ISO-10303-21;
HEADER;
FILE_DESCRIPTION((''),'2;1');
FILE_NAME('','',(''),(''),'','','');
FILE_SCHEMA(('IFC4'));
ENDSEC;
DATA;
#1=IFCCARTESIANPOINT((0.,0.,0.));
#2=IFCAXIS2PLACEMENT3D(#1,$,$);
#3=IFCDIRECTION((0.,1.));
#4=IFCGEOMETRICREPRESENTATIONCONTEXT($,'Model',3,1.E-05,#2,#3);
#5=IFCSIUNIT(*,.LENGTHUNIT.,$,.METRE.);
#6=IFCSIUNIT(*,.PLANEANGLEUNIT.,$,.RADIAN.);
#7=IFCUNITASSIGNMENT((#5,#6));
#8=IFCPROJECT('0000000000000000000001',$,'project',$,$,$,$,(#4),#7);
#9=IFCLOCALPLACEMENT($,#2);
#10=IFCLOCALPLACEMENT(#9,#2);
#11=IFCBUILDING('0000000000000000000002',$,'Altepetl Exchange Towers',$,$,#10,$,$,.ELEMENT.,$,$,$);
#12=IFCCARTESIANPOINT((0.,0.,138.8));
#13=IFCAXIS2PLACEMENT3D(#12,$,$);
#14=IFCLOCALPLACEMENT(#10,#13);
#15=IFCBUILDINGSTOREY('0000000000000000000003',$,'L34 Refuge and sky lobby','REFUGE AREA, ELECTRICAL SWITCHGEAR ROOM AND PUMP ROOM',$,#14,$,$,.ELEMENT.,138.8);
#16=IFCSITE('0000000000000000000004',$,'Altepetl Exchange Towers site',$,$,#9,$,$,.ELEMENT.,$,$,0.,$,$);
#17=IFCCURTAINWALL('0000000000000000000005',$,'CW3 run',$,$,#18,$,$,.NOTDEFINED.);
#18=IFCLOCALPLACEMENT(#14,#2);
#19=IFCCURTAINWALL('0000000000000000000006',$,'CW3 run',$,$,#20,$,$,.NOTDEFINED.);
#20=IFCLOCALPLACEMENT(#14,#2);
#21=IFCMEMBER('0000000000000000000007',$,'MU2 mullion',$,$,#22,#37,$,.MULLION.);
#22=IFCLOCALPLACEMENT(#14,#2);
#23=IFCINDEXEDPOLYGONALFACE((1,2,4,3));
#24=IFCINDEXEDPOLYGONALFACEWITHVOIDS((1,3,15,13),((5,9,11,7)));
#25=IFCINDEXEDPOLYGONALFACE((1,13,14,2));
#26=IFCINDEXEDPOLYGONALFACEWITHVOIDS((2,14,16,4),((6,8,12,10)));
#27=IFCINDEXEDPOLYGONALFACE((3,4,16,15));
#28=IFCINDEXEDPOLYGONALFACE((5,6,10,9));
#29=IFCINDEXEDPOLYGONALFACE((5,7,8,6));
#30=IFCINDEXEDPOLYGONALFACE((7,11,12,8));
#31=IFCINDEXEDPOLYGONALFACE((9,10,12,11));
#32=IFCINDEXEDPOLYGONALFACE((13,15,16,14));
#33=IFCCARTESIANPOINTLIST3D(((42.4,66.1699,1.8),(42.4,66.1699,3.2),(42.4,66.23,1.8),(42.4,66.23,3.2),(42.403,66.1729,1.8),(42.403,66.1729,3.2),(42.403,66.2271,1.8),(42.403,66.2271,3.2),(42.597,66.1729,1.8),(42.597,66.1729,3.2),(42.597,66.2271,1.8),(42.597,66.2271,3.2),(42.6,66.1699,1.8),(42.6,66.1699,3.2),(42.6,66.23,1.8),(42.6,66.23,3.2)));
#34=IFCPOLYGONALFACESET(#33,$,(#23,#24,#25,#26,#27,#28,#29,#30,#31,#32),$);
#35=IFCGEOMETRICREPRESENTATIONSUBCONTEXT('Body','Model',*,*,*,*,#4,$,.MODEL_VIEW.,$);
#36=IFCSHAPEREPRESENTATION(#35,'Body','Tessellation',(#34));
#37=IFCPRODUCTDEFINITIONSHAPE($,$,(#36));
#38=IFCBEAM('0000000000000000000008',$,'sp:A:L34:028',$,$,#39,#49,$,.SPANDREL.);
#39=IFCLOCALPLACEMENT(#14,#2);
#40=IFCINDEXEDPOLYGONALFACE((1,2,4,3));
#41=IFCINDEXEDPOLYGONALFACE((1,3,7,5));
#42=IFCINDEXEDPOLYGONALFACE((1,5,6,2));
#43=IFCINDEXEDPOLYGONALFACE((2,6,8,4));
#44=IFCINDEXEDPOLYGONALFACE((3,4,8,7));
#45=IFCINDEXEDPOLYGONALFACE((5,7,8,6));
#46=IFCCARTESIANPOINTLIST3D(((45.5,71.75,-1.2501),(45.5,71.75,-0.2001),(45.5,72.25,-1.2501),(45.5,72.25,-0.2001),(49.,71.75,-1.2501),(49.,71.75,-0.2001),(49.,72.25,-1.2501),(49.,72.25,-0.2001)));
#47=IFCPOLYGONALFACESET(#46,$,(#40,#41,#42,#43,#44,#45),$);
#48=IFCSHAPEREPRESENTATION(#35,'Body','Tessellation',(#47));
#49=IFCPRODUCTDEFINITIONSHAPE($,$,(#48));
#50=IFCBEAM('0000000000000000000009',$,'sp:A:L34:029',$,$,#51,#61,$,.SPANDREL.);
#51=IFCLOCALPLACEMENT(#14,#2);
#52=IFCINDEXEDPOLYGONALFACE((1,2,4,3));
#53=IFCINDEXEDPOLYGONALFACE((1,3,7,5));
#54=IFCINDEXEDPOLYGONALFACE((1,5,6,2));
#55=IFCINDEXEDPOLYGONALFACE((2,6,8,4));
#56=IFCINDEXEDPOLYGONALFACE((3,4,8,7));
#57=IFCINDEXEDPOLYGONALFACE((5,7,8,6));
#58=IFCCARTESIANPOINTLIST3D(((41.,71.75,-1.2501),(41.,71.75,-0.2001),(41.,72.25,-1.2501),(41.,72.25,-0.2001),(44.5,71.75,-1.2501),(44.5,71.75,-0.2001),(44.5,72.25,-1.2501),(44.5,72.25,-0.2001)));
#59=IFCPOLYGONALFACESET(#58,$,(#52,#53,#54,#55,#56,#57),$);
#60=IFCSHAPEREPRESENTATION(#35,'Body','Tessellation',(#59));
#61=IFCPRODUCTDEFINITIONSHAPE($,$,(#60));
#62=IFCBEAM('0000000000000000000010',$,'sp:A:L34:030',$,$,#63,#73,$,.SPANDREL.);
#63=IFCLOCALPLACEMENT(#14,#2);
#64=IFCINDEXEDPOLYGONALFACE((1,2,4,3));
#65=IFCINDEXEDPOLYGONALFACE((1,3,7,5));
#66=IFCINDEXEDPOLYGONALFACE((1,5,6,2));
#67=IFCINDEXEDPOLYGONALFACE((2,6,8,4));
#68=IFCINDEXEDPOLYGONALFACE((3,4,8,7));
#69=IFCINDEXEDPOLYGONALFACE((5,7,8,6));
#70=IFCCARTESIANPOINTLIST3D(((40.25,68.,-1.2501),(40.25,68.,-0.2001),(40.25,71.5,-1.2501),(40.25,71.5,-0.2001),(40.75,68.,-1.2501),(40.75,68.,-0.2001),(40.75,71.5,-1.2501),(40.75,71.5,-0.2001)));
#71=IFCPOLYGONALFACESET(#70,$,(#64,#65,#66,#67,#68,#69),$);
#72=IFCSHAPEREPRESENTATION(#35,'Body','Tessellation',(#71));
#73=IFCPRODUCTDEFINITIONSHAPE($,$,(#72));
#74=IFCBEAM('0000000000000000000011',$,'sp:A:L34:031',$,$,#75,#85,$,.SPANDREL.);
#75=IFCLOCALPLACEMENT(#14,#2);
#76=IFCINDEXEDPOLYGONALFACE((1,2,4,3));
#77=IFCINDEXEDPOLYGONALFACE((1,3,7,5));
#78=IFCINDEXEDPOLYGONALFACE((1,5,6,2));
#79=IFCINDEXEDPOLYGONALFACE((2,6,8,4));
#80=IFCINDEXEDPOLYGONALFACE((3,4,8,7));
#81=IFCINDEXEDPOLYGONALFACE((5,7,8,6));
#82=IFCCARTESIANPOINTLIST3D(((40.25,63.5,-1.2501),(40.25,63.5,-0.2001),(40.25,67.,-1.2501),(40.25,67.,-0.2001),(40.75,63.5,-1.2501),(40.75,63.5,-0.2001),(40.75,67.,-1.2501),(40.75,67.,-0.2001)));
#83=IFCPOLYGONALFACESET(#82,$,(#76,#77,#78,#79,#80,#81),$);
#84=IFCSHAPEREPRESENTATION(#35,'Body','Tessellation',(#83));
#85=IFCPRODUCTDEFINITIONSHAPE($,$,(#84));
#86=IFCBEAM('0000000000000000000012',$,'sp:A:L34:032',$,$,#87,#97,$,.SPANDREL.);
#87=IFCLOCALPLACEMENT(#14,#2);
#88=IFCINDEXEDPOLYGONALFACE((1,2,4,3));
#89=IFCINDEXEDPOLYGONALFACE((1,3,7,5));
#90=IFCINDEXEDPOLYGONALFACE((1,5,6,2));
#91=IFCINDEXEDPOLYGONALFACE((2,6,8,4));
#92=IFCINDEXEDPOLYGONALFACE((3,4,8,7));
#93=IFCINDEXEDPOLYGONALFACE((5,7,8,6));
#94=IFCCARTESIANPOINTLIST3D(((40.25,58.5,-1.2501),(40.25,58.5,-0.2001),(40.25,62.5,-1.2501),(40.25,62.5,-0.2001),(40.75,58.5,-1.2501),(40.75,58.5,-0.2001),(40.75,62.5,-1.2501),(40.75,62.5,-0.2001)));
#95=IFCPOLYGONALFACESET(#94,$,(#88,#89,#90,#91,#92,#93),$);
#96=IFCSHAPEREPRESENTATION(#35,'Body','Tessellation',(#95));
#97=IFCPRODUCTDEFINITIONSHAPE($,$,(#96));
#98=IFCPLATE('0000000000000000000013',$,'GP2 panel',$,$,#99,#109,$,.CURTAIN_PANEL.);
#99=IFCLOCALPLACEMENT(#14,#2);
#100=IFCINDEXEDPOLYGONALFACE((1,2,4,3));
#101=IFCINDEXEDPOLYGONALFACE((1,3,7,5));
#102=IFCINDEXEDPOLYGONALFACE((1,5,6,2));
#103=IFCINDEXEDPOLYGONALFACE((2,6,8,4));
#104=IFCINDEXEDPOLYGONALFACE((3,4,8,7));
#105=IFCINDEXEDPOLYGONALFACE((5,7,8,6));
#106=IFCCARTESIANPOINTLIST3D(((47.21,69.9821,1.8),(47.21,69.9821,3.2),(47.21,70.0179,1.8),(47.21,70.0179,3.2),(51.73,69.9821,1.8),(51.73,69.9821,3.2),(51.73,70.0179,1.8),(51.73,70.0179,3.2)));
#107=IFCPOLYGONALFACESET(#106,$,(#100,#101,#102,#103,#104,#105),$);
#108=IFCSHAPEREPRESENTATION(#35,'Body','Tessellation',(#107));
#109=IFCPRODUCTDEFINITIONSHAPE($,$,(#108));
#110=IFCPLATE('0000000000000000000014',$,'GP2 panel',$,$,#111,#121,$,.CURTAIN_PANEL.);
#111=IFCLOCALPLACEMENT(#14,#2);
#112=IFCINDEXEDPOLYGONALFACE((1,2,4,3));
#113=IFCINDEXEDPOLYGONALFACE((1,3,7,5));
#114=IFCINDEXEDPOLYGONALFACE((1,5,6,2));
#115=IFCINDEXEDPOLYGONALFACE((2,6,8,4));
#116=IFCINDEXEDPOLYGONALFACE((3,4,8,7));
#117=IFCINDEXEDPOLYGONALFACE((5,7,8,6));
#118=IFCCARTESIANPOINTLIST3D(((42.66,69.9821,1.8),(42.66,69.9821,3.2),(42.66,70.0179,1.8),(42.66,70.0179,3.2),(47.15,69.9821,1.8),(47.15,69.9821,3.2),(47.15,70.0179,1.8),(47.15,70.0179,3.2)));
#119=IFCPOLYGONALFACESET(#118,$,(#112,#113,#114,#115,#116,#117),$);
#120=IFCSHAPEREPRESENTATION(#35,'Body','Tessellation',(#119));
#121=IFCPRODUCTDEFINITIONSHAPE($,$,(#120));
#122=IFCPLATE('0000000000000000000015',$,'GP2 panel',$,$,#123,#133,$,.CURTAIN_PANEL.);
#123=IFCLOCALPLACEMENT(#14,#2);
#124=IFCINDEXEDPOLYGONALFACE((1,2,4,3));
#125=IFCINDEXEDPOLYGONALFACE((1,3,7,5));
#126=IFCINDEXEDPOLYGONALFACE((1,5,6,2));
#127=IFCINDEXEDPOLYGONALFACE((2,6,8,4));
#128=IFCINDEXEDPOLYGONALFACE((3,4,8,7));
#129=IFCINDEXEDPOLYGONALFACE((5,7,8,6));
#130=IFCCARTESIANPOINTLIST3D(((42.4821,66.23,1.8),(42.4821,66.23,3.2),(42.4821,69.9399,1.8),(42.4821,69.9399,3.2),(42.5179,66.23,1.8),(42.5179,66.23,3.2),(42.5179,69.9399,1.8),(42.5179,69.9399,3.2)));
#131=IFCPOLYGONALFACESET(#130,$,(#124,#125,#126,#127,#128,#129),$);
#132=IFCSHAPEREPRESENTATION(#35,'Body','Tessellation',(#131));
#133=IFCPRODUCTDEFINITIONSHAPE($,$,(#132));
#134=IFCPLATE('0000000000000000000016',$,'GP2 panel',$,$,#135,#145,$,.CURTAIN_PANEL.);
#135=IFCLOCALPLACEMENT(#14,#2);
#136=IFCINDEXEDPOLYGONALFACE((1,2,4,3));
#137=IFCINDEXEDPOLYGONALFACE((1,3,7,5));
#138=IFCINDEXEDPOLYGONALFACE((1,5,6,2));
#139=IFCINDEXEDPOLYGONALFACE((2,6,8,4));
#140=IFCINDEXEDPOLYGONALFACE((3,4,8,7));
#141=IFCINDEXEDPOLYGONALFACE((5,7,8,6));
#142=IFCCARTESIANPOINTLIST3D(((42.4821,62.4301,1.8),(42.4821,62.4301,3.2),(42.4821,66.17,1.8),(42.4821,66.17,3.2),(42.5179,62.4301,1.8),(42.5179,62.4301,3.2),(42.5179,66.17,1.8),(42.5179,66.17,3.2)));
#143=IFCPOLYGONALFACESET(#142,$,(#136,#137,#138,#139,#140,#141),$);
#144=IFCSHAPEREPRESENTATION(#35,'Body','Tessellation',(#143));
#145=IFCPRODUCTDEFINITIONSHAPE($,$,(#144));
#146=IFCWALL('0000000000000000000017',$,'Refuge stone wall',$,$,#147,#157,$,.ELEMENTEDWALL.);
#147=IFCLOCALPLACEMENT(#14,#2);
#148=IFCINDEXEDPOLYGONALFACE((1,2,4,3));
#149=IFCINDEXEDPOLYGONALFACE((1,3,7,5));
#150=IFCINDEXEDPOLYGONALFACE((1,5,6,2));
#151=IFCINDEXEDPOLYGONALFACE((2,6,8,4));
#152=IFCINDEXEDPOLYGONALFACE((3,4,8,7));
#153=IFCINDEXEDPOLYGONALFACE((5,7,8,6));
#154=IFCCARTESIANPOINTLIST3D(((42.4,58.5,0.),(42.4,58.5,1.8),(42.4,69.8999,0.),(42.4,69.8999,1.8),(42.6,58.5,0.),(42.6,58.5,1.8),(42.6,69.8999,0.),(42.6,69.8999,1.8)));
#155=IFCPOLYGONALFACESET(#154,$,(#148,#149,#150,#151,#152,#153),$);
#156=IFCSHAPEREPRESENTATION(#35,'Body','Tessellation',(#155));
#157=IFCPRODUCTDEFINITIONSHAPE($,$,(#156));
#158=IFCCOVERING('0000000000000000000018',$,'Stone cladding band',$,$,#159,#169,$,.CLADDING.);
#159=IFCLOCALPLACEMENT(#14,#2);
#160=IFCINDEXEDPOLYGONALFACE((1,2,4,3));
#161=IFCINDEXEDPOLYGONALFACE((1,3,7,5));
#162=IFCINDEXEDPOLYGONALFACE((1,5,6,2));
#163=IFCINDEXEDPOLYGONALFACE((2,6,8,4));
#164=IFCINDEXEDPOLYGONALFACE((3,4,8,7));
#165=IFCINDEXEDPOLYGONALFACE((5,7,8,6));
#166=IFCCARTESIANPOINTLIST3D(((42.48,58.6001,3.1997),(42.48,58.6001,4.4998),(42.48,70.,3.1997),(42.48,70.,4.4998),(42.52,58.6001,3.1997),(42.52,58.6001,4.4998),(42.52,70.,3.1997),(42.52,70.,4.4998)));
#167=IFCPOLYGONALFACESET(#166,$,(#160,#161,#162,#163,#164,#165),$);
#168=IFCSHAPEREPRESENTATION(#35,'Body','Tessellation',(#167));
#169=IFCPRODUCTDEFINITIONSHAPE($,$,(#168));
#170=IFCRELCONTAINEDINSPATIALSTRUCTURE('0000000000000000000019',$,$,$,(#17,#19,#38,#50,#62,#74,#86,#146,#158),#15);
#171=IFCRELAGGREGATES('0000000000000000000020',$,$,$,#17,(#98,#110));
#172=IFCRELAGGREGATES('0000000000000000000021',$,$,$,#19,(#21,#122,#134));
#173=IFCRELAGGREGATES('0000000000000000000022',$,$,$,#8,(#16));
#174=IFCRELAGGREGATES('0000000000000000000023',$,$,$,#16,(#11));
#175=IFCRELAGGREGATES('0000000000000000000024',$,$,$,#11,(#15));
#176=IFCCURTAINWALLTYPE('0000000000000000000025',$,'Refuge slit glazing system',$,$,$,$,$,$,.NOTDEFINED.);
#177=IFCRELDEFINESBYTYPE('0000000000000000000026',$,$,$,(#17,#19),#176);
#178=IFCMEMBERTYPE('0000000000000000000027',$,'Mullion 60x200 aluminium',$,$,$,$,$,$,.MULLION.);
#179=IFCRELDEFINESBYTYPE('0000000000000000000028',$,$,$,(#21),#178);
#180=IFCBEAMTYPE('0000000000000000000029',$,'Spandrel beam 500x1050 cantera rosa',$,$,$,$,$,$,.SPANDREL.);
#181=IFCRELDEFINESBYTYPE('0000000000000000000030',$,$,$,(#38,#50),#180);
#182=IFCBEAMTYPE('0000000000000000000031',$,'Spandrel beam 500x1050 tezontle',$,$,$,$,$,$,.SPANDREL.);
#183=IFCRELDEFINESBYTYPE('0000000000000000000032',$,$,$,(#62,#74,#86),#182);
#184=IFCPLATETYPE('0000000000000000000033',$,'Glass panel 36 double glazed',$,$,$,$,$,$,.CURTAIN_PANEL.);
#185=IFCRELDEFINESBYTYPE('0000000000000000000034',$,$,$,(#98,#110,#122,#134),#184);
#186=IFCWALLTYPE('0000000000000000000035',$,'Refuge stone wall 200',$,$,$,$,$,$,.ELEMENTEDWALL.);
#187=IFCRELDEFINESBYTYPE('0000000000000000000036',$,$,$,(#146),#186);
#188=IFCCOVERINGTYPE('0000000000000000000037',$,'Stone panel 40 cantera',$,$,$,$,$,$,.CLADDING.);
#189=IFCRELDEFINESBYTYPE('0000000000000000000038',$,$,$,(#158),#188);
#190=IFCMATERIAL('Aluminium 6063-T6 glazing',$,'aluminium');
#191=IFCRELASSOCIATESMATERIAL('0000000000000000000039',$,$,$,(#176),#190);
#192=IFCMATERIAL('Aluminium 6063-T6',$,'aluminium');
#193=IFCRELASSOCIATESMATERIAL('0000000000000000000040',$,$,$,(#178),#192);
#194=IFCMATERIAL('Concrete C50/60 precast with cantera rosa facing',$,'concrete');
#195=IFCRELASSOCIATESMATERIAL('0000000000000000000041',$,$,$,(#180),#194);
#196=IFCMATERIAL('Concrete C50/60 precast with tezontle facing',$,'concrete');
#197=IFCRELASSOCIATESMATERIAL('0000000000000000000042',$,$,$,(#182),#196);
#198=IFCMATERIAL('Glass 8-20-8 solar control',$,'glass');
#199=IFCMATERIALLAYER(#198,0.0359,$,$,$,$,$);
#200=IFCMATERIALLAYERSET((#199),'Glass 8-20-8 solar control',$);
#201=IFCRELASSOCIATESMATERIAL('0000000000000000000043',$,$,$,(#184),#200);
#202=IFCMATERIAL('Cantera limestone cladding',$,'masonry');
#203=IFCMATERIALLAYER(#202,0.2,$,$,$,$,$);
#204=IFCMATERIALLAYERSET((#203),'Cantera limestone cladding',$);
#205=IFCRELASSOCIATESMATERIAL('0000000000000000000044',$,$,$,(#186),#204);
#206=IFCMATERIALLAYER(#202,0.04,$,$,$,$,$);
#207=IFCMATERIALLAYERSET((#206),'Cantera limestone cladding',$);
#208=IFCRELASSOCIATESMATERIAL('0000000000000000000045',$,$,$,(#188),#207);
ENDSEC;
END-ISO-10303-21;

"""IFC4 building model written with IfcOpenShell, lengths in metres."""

from ifc_helpers import new_model, si_unit, direction, frame, frame_2d, origin, origin_2d, place, context, subcontext, project, spatial, rectangle, hollow_rectangle, extrude, material, layer, layer_set, material_profile, profile_set, type_object, element, aggregate, save


model = new_model("IFC4")

# Units and contexts
model_context = context("Model", 3, precision=1e-05, world=origin(), true_north=direction((0.0, 1.0)))
body_context = subcontext(model_context, "Body", "Model", "MODEL_VIEW")
ifc_project = project(units=[si_unit("LENGTHUNIT", "METRE"), si_unit("PLANEANGLEUNIT", "RADIAN")], contexts=[model_context])

# Site, building, storey
site_placement = place(None, origin())
site = spatial("IfcSite", under=ifc_project, at=site_placement, Name="Altepetl Exchange Towers site", CompositionType="ELEMENT", RefElevation=0.0)
building_placement = place(site_placement, origin())
building = spatial("IfcBuilding", under=site, at=building_placement, Name="Altepetl Exchange Towers", CompositionType="ELEMENT")
storey_placement = place(building_placement, frame((0.0, 0.0, 138.8)))
storey = spatial("IfcBuildingStorey", under=building, at=storey_placement, Name="L34 Refuge and sky lobby", Description="REFUGE AREA, ELECTRICAL SWITCHGEAR ROOM AND PUMP ROOM", CompositionType="ELEMENT", Elevation=138.8)

# Curtain walls, member
ifc_material_1 = material(Name="Aluminium 6063-T6 glazing", Category="aluminium")
curtain_wall_type = type_object("IfcCurtainWallType", Name="Refuge slit glazing system", PredefinedType="NOTDEFINED", material=ifc_material_1)
curtain_wall_1_placement = place(storey_placement, origin())
curtain_wall_1 = element("IfcCurtainWall", 1, at=curtain_wall_1_placement, inside=storey, type_object=curtain_wall_type, Name="CW3 run", PredefinedType="NOTDEFINED")
ifc_material_2 = material(Name="Aluminium 6063-T6", Category="aluminium")
ifc_material_profile_1 = material_profile(ifc_material_2, hollow_rectangle(XDim=0.0601, YDim=0.2, WallThickness=0.0029, at=origin_2d()), Name="Mullion 60x200 aluminium")
ifc_profile_set_1 = profile_set([ifc_material_profile_1], Name="Aluminium 6063-T6")
member_type_1 = type_object("IfcMemberType", Name="Mullion 60x200 aluminium", PredefinedType="MULLION", material=ifc_profile_set_1)
curtain_wall_2_placement = place(storey_placement, origin())
curtain_wall_2 = element("IfcCurtainWall", 2, at=curtain_wall_2_placement, inside=storey, type_object=curtain_wall_type, Name="CW3 run", PredefinedType="NOTDEFINED")
member_1_placement = place(storey_placement, frame((42.5, 66.2, 1.8), z_axis=(0.0, 0.0, 1.0), x_axis=(0.0, -1.0, 0.0)))
member_1 = element("IfcMember", 3, at=member_1_placement, type_object=member_type_1, Name="MU2 mullion", PredefinedType="MULLION", context=body_context, shape_type="SweptSolid", body=[
    extrude(hollow_rectangle(XDim=0.0601, YDim=0.2, WallThickness=0.0029, at=origin_2d()), origin(), (0.0, 0.0, 1.0), 1.3999),
])

# Beams
ifc_material_3 = material(Name="Concrete C50/60 precast with cantera rosa facing", Category="concrete")
ifc_material_profile_2 = material_profile(ifc_material_3, rectangle(XDim=0.5, YDim=1.05, at=origin_2d()), Name="500 x 1050")
ifc_profile_set_2 = profile_set([ifc_material_profile_2], Name="Concrete C50/60 precast with cantera rosa facing")
beam_type_1 = type_object("IfcBeamType", Name="Spandrel beam 500x1050 cantera rosa", PredefinedType="SPANDREL", material=ifc_profile_set_2)
for number, where, z_axis, x_axis, name in (
    (4, (49.0, 72.0, -0.7251), (-1.0, 0.0, 0.0), (0.0, -1.0, 0.0), "sp:A:L34:028"),
    (5, (44.5, 72.0, -0.7251), (-1.0, 0.0, 0.0), (0.0, -1.0, 0.0), "sp:A:L34:029"),
):
    element("IfcBeam", number, at=place(storey_placement, frame(where, z_axis=z_axis, x_axis=x_axis)), inside=storey, type_object=beam_type_1, Name=name, PredefinedType="SPANDREL", context=body_context, shape_type="SweptSolid", body=[
        extrude(rectangle(XDim=0.5, YDim=1.05, at=origin_2d()), origin(), (0.0, 0.0, 1.0), 3.5),
    ])
ifc_material_4 = material(Name="Concrete C50/60 precast with tezontle facing", Category="concrete")
ifc_material_profile_3 = material_profile(ifc_material_4, rectangle(XDim=0.5, YDim=1.05, at=origin_2d()), Name="500 x 1050")
ifc_profile_set_3 = profile_set([ifc_material_profile_3], Name="Concrete C50/60 precast with tezontle facing")
beam_type_2 = type_object("IfcBeamType", Name="Spandrel beam 500x1050 tezontle", PredefinedType="SPANDREL", material=ifc_profile_set_3)
for number, where, z_axis, x_axis, name in (
    (6, (40.5, 71.5, -0.7251), (0.0, -1.0, 0.0), (1.0, 0.0, 0.0), "sp:A:L34:030"),
    (7, (40.5, 67.0, -0.7251), (0.0, -1.0, 0.0), (1.0, 0.0, 0.0), "sp:A:L34:031"),
):
    element("IfcBeam", number, at=place(storey_placement, frame(where, z_axis=z_axis, x_axis=x_axis)), inside=storey, type_object=beam_type_2, Name=name, PredefinedType="SPANDREL", context=body_context, shape_type="SweptSolid", body=[
        extrude(rectangle(XDim=0.5, YDim=1.05, at=origin_2d()), origin(), (0.0, 0.0, 1.0), 3.5),
    ])
beam_placement = place(storey_placement, frame((40.5, 62.5, -0.7251), z_axis=(0.0, -1.0, 0.0), x_axis=(1.0, 0.0, 0.0)))
element("IfcBeam", 8, at=beam_placement, inside=storey, type_object=beam_type_2, Name="sp:A:L34:032", PredefinedType="SPANDREL", context=body_context, shape_type="SweptSolid", body=[
    extrude(rectangle(XDim=0.5, YDim=1.05, at=origin_2d()), origin(), (0.0, 0.0, 1.0), 4.0),
])

# Plates
ifc_material_5 = material(Name="Glass 8-20-8 solar control", Category="glass")
ifc_layer_1 = layer(ifc_material_5, 0.0359)
ifc_layer_set_1 = layer_set([ifc_layer_1], Name="Glass 8-20-8 solar control")
plate_type = type_object("IfcPlateType", Name="Glass panel 36 double glazed", PredefinedType="CURTAIN_PANEL", material=ifc_layer_set_1)
plate_1_placement = place(storey_placement, frame((49.47, 70.0, 1.8), z_axis=(0.0, 0.0, 1.0), x_axis=(-1.0, 0.0, 0.0)))
plate_1 = element("IfcPlate", 9, at=plate_1_placement, type_object=plate_type, Name="GP2 panel", PredefinedType="CURTAIN_PANEL", context=body_context, shape_type="SweptSolid", body=[
    extrude(rectangle(XDim=4.52, YDim=0.0359, at=origin_2d()), origin(), (0.0, 0.0, 1.0), 1.3999),
])
plate_2_placement = place(storey_placement, frame((44.905, 70.0, 1.8), z_axis=(0.0, 0.0, 1.0), x_axis=(-1.0, 0.0, 0.0)))
plate_2 = element("IfcPlate", 10, at=plate_2_placement, type_object=plate_type, Name="GP2 panel", PredefinedType="CURTAIN_PANEL", context=body_context, shape_type="SweptSolid", body=[
    extrude(rectangle(XDim=4.49, YDim=0.0359, at=origin_2d()), origin(), (0.0, 0.0, 1.0), 1.3999),
])
aggregate(curtain_wall_1, [plate_1, plate_2])
plate_3_placement = place(storey_placement, frame((42.5, 68.085, 1.8), z_axis=(0.0, 0.0, 1.0), x_axis=(0.0, -1.0, 0.0)))
plate_3 = element("IfcPlate", 11, at=plate_3_placement, type_object=plate_type, Name="GP2 panel", PredefinedType="CURTAIN_PANEL", context=body_context, shape_type="SweptSolid", body=[
    extrude(rectangle(XDim=3.71, YDim=0.0359, at=origin_2d()), origin(), (0.0, 0.0, 1.0), 1.3999),
])
plate_4_placement = place(storey_placement, frame((42.5, 64.3, 1.8), z_axis=(0.0, 0.0, 1.0), x_axis=(0.0, -1.0, 0.0)))
plate_4 = element("IfcPlate", 12, at=plate_4_placement, type_object=plate_type, Name="GP2 panel", PredefinedType="CURTAIN_PANEL", context=body_context, shape_type="SweptSolid", body=[
    extrude(rectangle(XDim=3.74, YDim=0.0359, at=origin_2d()), origin(), (0.0, 0.0, 1.0), 1.3999),
])
aggregate(curtain_wall_2, [member_1, plate_3, plate_4])

# Wall
ifc_material_6 = material(Name="Cantera limestone cladding", Category="masonry")
ifc_layer_2 = layer(ifc_material_6, 0.2)
ifc_layer_set_2 = layer_set([ifc_layer_2], Name="Cantera limestone cladding")
wall_type = type_object("IfcWallType", Name="Refuge stone wall 200", PredefinedType="ELEMENTEDWALL", material=ifc_layer_set_2)
wall_placement = place(storey_placement, frame((42.5, 69.8999, 0.0), z_axis=(0.0, 0.0, 1.0), x_axis=(0.0, -1.0, 0.0)))
element("IfcWall", 13, at=wall_placement, inside=storey, type_object=wall_type, Name="Refuge stone wall", PredefinedType="ELEMENTEDWALL", context=body_context, shape_type="SweptSolid", body=[
    extrude(rectangle(XDim=11.3999, YDim=0.2, at=frame_2d((5.7, 0.0))), origin(), (0.0, 0.0, 1.0), 1.8),
])

# Covering
ifc_layer_3 = layer(ifc_material_6, 0.04)
ifc_layer_set_3 = layer_set([ifc_layer_3], Name="Cantera limestone cladding")
covering_type = type_object("IfcCoveringType", Name="Stone panel 40 cantera", PredefinedType="CLADDING", material=ifc_layer_set_3)
covering_placement = place(storey_placement, frame((42.5, 64.3, 3.1997), z_axis=(0.0, 0.0, 1.0), x_axis=(0.0, -1.0, 0.0)))
element("IfcCovering", 14, at=covering_placement, inside=storey, type_object=covering_type, Name="Stone cladding band", PredefinedType="CLADDING", context=body_context, shape_type="SweptSolid", body=[
    extrude(rectangle(XDim=11.3999, YDim=0.04, at=origin_2d()), origin(), (0.0, 0.0, 1.0), 1.3),
])

save(model, "model.ifc")
